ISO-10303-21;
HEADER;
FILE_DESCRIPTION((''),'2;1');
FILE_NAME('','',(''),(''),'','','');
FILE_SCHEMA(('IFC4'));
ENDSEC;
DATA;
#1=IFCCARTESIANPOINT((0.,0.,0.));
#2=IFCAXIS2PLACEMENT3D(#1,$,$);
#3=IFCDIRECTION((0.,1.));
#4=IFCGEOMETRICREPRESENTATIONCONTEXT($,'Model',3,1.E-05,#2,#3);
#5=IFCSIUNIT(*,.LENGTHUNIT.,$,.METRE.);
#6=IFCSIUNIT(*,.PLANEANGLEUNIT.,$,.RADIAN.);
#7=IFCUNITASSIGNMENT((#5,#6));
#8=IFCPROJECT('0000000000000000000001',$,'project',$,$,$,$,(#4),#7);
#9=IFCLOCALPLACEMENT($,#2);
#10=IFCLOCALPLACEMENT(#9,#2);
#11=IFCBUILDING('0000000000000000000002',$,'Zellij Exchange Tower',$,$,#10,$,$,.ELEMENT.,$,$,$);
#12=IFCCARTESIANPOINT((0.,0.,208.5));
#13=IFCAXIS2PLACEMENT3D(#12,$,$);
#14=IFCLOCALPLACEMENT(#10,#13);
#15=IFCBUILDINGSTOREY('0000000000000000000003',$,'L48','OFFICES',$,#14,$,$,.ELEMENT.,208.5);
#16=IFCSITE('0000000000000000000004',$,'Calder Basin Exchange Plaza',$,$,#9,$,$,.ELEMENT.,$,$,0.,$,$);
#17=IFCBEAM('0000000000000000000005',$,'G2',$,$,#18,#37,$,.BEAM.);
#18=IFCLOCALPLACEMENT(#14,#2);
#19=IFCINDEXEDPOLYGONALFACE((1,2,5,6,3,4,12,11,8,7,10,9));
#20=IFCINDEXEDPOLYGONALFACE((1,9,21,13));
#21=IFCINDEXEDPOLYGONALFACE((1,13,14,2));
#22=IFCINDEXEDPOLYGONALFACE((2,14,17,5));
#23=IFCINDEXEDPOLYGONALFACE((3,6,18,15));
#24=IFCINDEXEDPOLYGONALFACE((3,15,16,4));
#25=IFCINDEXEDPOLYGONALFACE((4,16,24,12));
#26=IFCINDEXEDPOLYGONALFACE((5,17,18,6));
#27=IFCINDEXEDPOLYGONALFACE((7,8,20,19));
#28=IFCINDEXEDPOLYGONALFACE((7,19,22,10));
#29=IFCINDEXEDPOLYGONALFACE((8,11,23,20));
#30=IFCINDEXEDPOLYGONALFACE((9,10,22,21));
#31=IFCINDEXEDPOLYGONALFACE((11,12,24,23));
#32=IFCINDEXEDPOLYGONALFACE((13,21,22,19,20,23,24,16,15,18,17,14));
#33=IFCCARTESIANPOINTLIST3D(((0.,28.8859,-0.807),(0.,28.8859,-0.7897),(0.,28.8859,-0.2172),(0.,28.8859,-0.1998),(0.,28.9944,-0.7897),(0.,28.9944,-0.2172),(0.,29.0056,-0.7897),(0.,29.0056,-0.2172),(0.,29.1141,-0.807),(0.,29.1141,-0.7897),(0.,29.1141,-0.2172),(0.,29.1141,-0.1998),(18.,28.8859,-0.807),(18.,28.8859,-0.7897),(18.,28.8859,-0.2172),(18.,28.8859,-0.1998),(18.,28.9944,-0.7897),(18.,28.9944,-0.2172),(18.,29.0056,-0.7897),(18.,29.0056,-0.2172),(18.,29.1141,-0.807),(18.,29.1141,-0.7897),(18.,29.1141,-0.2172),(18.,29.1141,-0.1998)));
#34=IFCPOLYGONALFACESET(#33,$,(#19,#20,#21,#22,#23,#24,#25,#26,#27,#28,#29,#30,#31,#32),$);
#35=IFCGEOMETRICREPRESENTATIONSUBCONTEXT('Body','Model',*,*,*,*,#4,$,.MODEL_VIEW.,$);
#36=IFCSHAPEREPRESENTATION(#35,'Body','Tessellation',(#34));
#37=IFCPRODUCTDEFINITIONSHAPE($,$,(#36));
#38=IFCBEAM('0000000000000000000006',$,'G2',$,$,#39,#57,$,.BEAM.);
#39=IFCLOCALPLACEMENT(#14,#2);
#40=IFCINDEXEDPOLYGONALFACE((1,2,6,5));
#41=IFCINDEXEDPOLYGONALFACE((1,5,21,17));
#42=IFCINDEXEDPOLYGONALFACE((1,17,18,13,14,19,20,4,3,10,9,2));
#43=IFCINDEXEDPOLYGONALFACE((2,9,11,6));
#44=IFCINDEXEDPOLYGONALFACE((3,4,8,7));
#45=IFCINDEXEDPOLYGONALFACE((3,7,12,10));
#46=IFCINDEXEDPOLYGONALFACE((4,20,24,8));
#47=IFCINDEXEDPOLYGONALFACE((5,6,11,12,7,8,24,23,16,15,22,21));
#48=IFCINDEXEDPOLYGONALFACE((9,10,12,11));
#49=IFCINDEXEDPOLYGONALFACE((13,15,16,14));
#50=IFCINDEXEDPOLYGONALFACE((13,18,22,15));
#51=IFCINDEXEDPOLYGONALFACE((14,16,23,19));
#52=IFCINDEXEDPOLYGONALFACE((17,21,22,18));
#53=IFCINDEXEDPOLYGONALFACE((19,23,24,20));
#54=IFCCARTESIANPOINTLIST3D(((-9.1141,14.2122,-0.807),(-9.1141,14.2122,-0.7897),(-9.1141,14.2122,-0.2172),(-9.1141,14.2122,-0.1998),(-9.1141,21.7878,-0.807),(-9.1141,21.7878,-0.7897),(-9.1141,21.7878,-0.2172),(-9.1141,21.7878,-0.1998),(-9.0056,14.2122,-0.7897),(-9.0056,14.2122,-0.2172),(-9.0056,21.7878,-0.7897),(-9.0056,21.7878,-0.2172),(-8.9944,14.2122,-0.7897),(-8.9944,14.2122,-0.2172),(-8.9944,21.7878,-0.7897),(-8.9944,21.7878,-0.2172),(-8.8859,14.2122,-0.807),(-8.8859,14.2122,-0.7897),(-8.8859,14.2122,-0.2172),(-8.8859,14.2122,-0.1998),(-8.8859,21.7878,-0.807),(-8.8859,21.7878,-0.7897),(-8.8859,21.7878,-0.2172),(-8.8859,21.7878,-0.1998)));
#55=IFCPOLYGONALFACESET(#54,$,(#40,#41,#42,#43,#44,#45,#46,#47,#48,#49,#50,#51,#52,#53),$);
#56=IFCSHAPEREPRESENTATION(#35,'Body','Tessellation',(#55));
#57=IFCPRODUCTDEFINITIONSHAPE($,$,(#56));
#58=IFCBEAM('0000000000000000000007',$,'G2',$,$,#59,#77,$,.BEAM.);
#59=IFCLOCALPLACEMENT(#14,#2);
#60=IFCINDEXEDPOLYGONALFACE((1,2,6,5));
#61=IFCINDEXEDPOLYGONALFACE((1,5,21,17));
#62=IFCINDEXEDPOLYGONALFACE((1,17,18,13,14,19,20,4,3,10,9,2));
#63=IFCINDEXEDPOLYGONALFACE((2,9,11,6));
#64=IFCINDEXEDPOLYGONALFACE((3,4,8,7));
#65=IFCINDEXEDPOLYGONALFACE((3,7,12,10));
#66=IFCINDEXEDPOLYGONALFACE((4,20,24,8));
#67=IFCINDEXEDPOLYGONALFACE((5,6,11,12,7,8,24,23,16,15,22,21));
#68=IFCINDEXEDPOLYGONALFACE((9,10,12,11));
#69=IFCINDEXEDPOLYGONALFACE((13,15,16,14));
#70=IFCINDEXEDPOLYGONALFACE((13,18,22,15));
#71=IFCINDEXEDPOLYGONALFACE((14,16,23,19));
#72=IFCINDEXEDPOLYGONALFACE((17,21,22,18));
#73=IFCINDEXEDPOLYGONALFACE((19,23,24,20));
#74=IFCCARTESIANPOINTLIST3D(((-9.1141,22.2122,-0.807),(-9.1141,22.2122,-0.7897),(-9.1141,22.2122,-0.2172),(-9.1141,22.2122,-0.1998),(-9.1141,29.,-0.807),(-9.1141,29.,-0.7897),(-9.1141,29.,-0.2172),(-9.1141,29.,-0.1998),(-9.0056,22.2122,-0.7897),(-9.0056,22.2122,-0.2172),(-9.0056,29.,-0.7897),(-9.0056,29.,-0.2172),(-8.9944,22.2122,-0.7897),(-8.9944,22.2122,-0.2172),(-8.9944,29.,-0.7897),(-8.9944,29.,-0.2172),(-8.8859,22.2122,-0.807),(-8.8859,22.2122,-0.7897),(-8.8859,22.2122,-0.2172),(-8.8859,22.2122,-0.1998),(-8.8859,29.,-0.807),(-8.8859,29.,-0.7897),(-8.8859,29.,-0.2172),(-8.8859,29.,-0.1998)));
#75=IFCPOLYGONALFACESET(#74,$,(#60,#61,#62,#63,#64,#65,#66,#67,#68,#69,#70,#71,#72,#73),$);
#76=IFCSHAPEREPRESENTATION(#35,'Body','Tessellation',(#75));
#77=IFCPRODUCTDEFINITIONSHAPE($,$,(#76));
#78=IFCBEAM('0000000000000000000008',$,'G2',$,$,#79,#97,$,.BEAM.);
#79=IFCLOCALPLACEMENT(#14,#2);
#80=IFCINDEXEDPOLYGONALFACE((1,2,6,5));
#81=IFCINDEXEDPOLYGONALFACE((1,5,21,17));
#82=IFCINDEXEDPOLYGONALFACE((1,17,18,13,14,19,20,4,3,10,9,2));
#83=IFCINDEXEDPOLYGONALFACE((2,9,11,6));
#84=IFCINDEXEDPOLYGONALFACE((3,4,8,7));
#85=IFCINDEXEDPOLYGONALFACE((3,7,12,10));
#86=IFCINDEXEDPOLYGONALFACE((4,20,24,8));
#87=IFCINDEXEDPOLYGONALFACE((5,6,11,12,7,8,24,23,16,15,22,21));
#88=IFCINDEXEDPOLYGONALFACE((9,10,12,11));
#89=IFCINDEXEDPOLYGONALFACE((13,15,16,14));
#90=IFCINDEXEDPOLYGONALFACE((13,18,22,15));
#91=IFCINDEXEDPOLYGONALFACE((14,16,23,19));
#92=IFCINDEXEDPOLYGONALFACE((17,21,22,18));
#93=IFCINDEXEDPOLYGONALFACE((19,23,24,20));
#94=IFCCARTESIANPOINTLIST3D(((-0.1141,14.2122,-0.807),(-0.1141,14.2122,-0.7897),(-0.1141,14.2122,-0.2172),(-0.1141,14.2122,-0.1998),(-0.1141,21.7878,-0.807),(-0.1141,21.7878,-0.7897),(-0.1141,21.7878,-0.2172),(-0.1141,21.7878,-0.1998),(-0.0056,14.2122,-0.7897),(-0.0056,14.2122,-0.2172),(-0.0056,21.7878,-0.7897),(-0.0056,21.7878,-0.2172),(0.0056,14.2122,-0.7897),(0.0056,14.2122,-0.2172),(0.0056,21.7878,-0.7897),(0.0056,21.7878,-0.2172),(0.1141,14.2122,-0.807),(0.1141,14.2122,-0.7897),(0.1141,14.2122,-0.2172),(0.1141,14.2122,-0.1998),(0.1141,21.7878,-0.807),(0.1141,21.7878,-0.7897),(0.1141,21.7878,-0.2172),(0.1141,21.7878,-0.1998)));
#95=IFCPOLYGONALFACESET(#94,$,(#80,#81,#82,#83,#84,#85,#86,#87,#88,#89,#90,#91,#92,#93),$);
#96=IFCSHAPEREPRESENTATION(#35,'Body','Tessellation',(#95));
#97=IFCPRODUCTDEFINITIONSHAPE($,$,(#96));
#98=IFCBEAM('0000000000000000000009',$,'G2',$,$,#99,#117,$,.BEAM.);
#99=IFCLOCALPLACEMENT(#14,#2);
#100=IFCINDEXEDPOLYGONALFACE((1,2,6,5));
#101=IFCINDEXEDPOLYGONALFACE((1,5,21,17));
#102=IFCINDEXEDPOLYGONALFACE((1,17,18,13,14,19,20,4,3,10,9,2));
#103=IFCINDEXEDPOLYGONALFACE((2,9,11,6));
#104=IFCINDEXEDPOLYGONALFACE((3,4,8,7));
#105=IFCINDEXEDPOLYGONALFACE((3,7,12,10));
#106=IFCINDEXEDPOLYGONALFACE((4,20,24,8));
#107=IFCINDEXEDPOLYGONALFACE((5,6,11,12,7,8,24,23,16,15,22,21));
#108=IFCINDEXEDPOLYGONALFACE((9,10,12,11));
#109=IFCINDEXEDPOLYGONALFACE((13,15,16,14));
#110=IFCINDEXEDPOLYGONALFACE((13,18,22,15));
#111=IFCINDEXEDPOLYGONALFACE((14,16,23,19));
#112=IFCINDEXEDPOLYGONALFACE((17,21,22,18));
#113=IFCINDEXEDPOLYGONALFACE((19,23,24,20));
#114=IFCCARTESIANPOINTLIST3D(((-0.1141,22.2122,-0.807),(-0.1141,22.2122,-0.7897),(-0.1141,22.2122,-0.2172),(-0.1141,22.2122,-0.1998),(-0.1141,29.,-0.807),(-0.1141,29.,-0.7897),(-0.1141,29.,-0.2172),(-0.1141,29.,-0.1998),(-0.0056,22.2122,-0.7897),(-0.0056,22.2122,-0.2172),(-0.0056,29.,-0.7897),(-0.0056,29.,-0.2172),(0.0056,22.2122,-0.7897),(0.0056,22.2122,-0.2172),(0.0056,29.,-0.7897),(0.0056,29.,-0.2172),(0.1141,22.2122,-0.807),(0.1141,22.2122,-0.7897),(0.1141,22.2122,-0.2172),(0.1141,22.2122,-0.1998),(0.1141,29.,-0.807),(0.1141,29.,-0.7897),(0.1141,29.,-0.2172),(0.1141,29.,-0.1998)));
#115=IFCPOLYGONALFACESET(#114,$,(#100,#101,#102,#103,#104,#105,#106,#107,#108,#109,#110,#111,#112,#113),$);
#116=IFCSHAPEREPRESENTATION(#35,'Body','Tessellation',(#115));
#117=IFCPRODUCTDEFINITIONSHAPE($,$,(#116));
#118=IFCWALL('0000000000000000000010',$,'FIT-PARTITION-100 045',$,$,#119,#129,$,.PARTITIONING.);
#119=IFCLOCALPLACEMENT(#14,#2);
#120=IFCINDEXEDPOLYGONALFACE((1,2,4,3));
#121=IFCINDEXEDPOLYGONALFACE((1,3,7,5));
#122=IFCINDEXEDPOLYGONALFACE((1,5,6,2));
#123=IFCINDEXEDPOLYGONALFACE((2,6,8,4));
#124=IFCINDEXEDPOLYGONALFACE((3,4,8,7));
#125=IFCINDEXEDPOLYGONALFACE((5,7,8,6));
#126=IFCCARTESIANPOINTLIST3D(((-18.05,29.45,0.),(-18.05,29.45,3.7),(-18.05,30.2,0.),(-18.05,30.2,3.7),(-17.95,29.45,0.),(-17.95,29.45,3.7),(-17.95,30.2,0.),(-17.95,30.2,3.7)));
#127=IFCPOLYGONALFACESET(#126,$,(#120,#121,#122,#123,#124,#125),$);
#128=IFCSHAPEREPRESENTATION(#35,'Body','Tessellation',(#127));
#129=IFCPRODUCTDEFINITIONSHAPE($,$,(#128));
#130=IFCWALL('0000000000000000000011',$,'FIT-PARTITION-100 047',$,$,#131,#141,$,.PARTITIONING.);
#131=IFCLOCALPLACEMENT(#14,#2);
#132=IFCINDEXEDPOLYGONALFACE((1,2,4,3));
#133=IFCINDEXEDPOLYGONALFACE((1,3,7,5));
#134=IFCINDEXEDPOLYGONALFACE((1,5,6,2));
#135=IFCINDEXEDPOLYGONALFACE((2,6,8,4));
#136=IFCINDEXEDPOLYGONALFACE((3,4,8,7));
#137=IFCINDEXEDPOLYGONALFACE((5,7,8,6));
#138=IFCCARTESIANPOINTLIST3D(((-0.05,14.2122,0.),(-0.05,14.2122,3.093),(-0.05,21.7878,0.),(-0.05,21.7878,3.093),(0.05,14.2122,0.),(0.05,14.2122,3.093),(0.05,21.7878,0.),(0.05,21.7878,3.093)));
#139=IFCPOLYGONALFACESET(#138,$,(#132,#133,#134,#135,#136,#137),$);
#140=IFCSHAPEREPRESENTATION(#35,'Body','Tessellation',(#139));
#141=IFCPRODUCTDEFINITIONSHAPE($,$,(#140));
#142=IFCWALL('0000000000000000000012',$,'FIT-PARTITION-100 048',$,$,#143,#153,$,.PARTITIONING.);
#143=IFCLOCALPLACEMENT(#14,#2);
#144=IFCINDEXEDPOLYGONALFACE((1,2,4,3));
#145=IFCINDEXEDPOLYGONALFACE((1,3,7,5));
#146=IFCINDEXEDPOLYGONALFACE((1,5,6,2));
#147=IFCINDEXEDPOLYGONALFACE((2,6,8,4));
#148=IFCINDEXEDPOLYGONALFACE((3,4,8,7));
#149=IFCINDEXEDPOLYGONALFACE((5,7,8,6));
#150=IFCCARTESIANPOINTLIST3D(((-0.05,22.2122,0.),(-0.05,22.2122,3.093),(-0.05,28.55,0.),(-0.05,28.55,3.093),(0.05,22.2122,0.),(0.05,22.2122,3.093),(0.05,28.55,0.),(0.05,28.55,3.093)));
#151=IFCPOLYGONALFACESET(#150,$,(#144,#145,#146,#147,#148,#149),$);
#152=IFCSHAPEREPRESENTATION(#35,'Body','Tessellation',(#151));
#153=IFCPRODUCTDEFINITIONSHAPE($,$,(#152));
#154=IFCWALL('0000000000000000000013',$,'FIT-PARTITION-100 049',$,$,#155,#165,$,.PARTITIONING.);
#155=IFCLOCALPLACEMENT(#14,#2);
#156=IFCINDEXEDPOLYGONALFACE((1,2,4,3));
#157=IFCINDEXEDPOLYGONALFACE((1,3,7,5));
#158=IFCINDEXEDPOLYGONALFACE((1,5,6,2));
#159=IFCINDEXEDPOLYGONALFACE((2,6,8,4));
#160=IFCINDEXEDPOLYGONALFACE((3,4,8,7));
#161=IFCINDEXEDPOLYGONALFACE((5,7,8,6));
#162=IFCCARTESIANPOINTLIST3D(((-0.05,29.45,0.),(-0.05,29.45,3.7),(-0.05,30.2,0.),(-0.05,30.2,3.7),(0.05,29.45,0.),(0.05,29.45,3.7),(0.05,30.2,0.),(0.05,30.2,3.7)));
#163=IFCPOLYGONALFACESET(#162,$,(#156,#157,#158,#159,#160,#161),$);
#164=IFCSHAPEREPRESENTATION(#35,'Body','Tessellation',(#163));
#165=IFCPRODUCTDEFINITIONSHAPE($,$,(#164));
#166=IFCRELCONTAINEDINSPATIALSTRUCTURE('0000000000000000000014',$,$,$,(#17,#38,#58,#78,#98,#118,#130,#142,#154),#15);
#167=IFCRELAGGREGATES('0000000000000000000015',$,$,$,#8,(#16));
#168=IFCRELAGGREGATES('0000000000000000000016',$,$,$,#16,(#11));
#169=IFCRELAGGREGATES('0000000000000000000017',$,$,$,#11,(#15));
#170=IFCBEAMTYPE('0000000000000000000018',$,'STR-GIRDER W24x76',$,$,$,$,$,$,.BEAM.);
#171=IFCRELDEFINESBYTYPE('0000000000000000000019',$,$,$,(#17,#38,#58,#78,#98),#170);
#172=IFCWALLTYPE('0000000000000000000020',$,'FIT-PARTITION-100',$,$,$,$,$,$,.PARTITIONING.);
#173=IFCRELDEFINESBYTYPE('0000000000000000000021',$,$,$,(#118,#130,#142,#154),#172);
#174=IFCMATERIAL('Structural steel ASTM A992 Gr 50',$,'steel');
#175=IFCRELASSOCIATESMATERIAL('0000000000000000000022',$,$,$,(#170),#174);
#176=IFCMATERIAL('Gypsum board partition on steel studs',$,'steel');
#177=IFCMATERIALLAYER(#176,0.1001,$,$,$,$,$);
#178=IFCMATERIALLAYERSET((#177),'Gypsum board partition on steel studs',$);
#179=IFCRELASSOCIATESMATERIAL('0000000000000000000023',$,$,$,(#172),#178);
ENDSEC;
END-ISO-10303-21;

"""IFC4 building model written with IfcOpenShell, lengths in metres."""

from ifc_helpers import new_model, si_unit, direction, frame, frame_2d, origin, origin_2d, place, context, subcontext, project, spatial, rectangle, i_section, extrude, material, layer, layer_set, material_profile, profile_set, type_object, element, save


model = new_model("IFC4")

# Units and contexts
model_context = context("Model", 3, precision=1e-05, world=origin(), true_north=direction((0.0, 1.0)))
body_context = subcontext(model_context, "Body", "Model", "MODEL_VIEW")
ifc_project = project(units=[si_unit("LENGTHUNIT", "METRE"), si_unit("PLANEANGLEUNIT", "RADIAN")], contexts=[model_context])

# Site, building, storey
site_placement = place(None, origin())
site = spatial("IfcSite", under=ifc_project, at=site_placement, Name="Calder Basin Exchange Plaza", CompositionType="ELEMENT", RefElevation=0.0)
building_placement = place(site_placement, origin())
building = spatial("IfcBuilding", under=site, at=building_placement, Name="Zellij Exchange Tower", CompositionType="ELEMENT")
storey_placement = place(building_placement, frame((0.0, 0.0, 208.5)))
storey = spatial("IfcBuildingStorey", under=building, at=storey_placement, Name="L48", Description="OFFICES", CompositionType="ELEMENT", Elevation=208.5)

# Beams
ifc_material_1 = material(Name="Structural steel ASTM A992 Gr 50", Category="steel")
ifc_material_profile_1 = material_profile(ifc_material_1, i_section(OverallWidth=0.2283, OverallDepth=0.6072, WebThickness=0.0112, FlangeThickness=0.0173, at=origin_2d()), Name="W24x76")
ifc_profile_set_1 = profile_set([ifc_material_profile_1], Name="Structural steel ASTM A992 Gr 50")
beam_type = type_object("IfcBeamType", Name="STR-GIRDER W24x76", PredefinedType="BEAM", material=ifc_profile_set_1)
for number, where, z_axis, x_axis, name in (
    (1, (0.0, 29.0, -0.5034), (1.0, 0.0, 0.0), (0.0, 1.0, 0.0), "G2"),
):
    element("IfcBeam", number, at=place(storey_placement, frame(where, z_axis=z_axis, x_axis=x_axis)), inside=storey, type_object=beam_type, Name=name, PredefinedType="BEAM", context=body_context, shape_type="SweptSolid", body=[
        extrude(i_section(OverallWidth=0.2283, OverallDepth=0.6072, WebThickness=0.0112, FlangeThickness=0.0173, at=origin_2d()), origin(), (0.0, 0.0, 1.0), 18.0),
    ])
beam_1_placement = place(storey_placement, frame((-9.0, 14.2122, -0.5034), z_axis=(0.0, 1.0, 0.0), x_axis=(-1.0, 0.0, 0.0)))
element("IfcBeam", 2, at=beam_1_placement, inside=storey, type_object=beam_type, Name="G2", PredefinedType="BEAM", context=body_context, shape_type="SweptSolid", body=[
    extrude(i_section(OverallWidth=0.2283, OverallDepth=0.6072, WebThickness=0.0112, FlangeThickness=0.0173, at=origin_2d()), origin(), (0.0, 0.0, 1.0), 7.5757),
])
beam_2_placement = place(storey_placement, frame((-9.0, 22.2122, -0.5034), z_axis=(0.0, 1.0, 0.0), x_axis=(-1.0, 0.0, 0.0)))
element("IfcBeam", 3, at=beam_2_placement, inside=storey, type_object=beam_type, Name="G2", PredefinedType="BEAM", context=body_context, shape_type="SweptSolid", body=[
    extrude(i_section(OverallWidth=0.2283, OverallDepth=0.6072, WebThickness=0.0112, FlangeThickness=0.0173, at=origin_2d()), origin(), (0.0, 0.0, 1.0), 6.7878),
])
beam_3_placement = place(storey_placement, frame((0.0, 14.2122, -0.5034), z_axis=(0.0, 1.0, 0.0), x_axis=(-1.0, 0.0, 0.0)))
element("IfcBeam", 4, at=beam_3_placement, inside=storey, type_object=beam_type, Name="G2", PredefinedType="BEAM", context=body_context, shape_type="SweptSolid", body=[
    extrude(i_section(OverallWidth=0.2283, OverallDepth=0.6072, WebThickness=0.0112, FlangeThickness=0.0173, at=origin_2d()), origin(), (0.0, 0.0, 1.0), 7.5757),
])
beam_4_placement = place(storey_placement, frame((0.0, 22.2122, -0.5034), z_axis=(0.0, 1.0, 0.0), x_axis=(-1.0, 0.0, 0.0)))
element("IfcBeam", 5, at=beam_4_placement, inside=storey, type_object=beam_type, Name="G2", PredefinedType="BEAM", context=body_context, shape_type="SweptSolid", body=[
    extrude(i_section(OverallWidth=0.2283, OverallDepth=0.6072, WebThickness=0.0112, FlangeThickness=0.0173, at=origin_2d()), origin(), (0.0, 0.0, 1.0), 6.7878),
])

# Walls
ifc_material_2 = material(Name="Gypsum board partition on steel studs", Category="steel")
ifc_layer = layer(ifc_material_2, 0.1001)
ifc_layer_set = layer_set([ifc_layer], Name="Gypsum board partition on steel studs")
wall_type = type_object("IfcWallType", Name="FIT-PARTITION-100", PredefinedType="PARTITIONING", material=ifc_layer_set)
wall_1_placement = place(storey_placement, frame((-18.0, 29.45, 0.0), z_axis=(0.0, 0.0, 1.0), x_axis=(0.0, 1.0, 0.0)))
element("IfcWall", 6, at=wall_1_placement, inside=storey, type_object=wall_type, Name="FIT-PARTITION-100 045", PredefinedType="PARTITIONING", context=body_context, shape_type="SweptSolid", body=[
    extrude(rectangle(XDim=0.75, YDim=0.1001, at=frame_2d((0.375, 0.0))), origin(), (0.0, 0.0, 1.0), 3.7),
])
wall_2_placement = place(storey_placement, frame((0.0, 14.2122, 0.0), z_axis=(0.0, 0.0, 1.0), x_axis=(0.0, 1.0, 0.0)))
element("IfcWall", 7, at=wall_2_placement, inside=storey, type_object=wall_type, Name="FIT-PARTITION-100 047", PredefinedType="PARTITIONING", context=body_context, shape_type="SweptSolid", body=[
    extrude(rectangle(XDim=7.5757, YDim=0.1001, at=frame_2d((3.7878, 0.0))), origin(), (0.0, 0.0, 1.0), 3.093),
])
wall_3_placement = place(storey_placement, frame((0.0, 22.2122, 0.0), z_axis=(0.0, 0.0, 1.0), x_axis=(0.0, 1.0, 0.0)))
element("IfcWall", 8, at=wall_3_placement, inside=storey, type_object=wall_type, Name="FIT-PARTITION-100 048", PredefinedType="PARTITIONING", context=body_context, shape_type="SweptSolid", body=[
    extrude(rectangle(XDim=6.3379, YDim=0.1001, at=frame_2d((3.1689, 0.0))), origin(), (0.0, 0.0, 1.0), 3.093),
])
wall_4_placement = place(storey_placement, frame((0.0, 29.45, 0.0), z_axis=(0.0, 0.0, 1.0), x_axis=(0.0, 1.0, 0.0)))
element("IfcWall", 9, at=wall_4_placement, inside=storey, type_object=wall_type, Name="FIT-PARTITION-100 049", PredefinedType="PARTITIONING", context=body_context, shape_type="SweptSolid", body=[
    extrude(rectangle(XDim=0.75, YDim=0.1001, at=frame_2d((0.375, 0.0))), origin(), (0.0, 0.0, 1.0), 3.7),
])

save(model, "model.ifc")
